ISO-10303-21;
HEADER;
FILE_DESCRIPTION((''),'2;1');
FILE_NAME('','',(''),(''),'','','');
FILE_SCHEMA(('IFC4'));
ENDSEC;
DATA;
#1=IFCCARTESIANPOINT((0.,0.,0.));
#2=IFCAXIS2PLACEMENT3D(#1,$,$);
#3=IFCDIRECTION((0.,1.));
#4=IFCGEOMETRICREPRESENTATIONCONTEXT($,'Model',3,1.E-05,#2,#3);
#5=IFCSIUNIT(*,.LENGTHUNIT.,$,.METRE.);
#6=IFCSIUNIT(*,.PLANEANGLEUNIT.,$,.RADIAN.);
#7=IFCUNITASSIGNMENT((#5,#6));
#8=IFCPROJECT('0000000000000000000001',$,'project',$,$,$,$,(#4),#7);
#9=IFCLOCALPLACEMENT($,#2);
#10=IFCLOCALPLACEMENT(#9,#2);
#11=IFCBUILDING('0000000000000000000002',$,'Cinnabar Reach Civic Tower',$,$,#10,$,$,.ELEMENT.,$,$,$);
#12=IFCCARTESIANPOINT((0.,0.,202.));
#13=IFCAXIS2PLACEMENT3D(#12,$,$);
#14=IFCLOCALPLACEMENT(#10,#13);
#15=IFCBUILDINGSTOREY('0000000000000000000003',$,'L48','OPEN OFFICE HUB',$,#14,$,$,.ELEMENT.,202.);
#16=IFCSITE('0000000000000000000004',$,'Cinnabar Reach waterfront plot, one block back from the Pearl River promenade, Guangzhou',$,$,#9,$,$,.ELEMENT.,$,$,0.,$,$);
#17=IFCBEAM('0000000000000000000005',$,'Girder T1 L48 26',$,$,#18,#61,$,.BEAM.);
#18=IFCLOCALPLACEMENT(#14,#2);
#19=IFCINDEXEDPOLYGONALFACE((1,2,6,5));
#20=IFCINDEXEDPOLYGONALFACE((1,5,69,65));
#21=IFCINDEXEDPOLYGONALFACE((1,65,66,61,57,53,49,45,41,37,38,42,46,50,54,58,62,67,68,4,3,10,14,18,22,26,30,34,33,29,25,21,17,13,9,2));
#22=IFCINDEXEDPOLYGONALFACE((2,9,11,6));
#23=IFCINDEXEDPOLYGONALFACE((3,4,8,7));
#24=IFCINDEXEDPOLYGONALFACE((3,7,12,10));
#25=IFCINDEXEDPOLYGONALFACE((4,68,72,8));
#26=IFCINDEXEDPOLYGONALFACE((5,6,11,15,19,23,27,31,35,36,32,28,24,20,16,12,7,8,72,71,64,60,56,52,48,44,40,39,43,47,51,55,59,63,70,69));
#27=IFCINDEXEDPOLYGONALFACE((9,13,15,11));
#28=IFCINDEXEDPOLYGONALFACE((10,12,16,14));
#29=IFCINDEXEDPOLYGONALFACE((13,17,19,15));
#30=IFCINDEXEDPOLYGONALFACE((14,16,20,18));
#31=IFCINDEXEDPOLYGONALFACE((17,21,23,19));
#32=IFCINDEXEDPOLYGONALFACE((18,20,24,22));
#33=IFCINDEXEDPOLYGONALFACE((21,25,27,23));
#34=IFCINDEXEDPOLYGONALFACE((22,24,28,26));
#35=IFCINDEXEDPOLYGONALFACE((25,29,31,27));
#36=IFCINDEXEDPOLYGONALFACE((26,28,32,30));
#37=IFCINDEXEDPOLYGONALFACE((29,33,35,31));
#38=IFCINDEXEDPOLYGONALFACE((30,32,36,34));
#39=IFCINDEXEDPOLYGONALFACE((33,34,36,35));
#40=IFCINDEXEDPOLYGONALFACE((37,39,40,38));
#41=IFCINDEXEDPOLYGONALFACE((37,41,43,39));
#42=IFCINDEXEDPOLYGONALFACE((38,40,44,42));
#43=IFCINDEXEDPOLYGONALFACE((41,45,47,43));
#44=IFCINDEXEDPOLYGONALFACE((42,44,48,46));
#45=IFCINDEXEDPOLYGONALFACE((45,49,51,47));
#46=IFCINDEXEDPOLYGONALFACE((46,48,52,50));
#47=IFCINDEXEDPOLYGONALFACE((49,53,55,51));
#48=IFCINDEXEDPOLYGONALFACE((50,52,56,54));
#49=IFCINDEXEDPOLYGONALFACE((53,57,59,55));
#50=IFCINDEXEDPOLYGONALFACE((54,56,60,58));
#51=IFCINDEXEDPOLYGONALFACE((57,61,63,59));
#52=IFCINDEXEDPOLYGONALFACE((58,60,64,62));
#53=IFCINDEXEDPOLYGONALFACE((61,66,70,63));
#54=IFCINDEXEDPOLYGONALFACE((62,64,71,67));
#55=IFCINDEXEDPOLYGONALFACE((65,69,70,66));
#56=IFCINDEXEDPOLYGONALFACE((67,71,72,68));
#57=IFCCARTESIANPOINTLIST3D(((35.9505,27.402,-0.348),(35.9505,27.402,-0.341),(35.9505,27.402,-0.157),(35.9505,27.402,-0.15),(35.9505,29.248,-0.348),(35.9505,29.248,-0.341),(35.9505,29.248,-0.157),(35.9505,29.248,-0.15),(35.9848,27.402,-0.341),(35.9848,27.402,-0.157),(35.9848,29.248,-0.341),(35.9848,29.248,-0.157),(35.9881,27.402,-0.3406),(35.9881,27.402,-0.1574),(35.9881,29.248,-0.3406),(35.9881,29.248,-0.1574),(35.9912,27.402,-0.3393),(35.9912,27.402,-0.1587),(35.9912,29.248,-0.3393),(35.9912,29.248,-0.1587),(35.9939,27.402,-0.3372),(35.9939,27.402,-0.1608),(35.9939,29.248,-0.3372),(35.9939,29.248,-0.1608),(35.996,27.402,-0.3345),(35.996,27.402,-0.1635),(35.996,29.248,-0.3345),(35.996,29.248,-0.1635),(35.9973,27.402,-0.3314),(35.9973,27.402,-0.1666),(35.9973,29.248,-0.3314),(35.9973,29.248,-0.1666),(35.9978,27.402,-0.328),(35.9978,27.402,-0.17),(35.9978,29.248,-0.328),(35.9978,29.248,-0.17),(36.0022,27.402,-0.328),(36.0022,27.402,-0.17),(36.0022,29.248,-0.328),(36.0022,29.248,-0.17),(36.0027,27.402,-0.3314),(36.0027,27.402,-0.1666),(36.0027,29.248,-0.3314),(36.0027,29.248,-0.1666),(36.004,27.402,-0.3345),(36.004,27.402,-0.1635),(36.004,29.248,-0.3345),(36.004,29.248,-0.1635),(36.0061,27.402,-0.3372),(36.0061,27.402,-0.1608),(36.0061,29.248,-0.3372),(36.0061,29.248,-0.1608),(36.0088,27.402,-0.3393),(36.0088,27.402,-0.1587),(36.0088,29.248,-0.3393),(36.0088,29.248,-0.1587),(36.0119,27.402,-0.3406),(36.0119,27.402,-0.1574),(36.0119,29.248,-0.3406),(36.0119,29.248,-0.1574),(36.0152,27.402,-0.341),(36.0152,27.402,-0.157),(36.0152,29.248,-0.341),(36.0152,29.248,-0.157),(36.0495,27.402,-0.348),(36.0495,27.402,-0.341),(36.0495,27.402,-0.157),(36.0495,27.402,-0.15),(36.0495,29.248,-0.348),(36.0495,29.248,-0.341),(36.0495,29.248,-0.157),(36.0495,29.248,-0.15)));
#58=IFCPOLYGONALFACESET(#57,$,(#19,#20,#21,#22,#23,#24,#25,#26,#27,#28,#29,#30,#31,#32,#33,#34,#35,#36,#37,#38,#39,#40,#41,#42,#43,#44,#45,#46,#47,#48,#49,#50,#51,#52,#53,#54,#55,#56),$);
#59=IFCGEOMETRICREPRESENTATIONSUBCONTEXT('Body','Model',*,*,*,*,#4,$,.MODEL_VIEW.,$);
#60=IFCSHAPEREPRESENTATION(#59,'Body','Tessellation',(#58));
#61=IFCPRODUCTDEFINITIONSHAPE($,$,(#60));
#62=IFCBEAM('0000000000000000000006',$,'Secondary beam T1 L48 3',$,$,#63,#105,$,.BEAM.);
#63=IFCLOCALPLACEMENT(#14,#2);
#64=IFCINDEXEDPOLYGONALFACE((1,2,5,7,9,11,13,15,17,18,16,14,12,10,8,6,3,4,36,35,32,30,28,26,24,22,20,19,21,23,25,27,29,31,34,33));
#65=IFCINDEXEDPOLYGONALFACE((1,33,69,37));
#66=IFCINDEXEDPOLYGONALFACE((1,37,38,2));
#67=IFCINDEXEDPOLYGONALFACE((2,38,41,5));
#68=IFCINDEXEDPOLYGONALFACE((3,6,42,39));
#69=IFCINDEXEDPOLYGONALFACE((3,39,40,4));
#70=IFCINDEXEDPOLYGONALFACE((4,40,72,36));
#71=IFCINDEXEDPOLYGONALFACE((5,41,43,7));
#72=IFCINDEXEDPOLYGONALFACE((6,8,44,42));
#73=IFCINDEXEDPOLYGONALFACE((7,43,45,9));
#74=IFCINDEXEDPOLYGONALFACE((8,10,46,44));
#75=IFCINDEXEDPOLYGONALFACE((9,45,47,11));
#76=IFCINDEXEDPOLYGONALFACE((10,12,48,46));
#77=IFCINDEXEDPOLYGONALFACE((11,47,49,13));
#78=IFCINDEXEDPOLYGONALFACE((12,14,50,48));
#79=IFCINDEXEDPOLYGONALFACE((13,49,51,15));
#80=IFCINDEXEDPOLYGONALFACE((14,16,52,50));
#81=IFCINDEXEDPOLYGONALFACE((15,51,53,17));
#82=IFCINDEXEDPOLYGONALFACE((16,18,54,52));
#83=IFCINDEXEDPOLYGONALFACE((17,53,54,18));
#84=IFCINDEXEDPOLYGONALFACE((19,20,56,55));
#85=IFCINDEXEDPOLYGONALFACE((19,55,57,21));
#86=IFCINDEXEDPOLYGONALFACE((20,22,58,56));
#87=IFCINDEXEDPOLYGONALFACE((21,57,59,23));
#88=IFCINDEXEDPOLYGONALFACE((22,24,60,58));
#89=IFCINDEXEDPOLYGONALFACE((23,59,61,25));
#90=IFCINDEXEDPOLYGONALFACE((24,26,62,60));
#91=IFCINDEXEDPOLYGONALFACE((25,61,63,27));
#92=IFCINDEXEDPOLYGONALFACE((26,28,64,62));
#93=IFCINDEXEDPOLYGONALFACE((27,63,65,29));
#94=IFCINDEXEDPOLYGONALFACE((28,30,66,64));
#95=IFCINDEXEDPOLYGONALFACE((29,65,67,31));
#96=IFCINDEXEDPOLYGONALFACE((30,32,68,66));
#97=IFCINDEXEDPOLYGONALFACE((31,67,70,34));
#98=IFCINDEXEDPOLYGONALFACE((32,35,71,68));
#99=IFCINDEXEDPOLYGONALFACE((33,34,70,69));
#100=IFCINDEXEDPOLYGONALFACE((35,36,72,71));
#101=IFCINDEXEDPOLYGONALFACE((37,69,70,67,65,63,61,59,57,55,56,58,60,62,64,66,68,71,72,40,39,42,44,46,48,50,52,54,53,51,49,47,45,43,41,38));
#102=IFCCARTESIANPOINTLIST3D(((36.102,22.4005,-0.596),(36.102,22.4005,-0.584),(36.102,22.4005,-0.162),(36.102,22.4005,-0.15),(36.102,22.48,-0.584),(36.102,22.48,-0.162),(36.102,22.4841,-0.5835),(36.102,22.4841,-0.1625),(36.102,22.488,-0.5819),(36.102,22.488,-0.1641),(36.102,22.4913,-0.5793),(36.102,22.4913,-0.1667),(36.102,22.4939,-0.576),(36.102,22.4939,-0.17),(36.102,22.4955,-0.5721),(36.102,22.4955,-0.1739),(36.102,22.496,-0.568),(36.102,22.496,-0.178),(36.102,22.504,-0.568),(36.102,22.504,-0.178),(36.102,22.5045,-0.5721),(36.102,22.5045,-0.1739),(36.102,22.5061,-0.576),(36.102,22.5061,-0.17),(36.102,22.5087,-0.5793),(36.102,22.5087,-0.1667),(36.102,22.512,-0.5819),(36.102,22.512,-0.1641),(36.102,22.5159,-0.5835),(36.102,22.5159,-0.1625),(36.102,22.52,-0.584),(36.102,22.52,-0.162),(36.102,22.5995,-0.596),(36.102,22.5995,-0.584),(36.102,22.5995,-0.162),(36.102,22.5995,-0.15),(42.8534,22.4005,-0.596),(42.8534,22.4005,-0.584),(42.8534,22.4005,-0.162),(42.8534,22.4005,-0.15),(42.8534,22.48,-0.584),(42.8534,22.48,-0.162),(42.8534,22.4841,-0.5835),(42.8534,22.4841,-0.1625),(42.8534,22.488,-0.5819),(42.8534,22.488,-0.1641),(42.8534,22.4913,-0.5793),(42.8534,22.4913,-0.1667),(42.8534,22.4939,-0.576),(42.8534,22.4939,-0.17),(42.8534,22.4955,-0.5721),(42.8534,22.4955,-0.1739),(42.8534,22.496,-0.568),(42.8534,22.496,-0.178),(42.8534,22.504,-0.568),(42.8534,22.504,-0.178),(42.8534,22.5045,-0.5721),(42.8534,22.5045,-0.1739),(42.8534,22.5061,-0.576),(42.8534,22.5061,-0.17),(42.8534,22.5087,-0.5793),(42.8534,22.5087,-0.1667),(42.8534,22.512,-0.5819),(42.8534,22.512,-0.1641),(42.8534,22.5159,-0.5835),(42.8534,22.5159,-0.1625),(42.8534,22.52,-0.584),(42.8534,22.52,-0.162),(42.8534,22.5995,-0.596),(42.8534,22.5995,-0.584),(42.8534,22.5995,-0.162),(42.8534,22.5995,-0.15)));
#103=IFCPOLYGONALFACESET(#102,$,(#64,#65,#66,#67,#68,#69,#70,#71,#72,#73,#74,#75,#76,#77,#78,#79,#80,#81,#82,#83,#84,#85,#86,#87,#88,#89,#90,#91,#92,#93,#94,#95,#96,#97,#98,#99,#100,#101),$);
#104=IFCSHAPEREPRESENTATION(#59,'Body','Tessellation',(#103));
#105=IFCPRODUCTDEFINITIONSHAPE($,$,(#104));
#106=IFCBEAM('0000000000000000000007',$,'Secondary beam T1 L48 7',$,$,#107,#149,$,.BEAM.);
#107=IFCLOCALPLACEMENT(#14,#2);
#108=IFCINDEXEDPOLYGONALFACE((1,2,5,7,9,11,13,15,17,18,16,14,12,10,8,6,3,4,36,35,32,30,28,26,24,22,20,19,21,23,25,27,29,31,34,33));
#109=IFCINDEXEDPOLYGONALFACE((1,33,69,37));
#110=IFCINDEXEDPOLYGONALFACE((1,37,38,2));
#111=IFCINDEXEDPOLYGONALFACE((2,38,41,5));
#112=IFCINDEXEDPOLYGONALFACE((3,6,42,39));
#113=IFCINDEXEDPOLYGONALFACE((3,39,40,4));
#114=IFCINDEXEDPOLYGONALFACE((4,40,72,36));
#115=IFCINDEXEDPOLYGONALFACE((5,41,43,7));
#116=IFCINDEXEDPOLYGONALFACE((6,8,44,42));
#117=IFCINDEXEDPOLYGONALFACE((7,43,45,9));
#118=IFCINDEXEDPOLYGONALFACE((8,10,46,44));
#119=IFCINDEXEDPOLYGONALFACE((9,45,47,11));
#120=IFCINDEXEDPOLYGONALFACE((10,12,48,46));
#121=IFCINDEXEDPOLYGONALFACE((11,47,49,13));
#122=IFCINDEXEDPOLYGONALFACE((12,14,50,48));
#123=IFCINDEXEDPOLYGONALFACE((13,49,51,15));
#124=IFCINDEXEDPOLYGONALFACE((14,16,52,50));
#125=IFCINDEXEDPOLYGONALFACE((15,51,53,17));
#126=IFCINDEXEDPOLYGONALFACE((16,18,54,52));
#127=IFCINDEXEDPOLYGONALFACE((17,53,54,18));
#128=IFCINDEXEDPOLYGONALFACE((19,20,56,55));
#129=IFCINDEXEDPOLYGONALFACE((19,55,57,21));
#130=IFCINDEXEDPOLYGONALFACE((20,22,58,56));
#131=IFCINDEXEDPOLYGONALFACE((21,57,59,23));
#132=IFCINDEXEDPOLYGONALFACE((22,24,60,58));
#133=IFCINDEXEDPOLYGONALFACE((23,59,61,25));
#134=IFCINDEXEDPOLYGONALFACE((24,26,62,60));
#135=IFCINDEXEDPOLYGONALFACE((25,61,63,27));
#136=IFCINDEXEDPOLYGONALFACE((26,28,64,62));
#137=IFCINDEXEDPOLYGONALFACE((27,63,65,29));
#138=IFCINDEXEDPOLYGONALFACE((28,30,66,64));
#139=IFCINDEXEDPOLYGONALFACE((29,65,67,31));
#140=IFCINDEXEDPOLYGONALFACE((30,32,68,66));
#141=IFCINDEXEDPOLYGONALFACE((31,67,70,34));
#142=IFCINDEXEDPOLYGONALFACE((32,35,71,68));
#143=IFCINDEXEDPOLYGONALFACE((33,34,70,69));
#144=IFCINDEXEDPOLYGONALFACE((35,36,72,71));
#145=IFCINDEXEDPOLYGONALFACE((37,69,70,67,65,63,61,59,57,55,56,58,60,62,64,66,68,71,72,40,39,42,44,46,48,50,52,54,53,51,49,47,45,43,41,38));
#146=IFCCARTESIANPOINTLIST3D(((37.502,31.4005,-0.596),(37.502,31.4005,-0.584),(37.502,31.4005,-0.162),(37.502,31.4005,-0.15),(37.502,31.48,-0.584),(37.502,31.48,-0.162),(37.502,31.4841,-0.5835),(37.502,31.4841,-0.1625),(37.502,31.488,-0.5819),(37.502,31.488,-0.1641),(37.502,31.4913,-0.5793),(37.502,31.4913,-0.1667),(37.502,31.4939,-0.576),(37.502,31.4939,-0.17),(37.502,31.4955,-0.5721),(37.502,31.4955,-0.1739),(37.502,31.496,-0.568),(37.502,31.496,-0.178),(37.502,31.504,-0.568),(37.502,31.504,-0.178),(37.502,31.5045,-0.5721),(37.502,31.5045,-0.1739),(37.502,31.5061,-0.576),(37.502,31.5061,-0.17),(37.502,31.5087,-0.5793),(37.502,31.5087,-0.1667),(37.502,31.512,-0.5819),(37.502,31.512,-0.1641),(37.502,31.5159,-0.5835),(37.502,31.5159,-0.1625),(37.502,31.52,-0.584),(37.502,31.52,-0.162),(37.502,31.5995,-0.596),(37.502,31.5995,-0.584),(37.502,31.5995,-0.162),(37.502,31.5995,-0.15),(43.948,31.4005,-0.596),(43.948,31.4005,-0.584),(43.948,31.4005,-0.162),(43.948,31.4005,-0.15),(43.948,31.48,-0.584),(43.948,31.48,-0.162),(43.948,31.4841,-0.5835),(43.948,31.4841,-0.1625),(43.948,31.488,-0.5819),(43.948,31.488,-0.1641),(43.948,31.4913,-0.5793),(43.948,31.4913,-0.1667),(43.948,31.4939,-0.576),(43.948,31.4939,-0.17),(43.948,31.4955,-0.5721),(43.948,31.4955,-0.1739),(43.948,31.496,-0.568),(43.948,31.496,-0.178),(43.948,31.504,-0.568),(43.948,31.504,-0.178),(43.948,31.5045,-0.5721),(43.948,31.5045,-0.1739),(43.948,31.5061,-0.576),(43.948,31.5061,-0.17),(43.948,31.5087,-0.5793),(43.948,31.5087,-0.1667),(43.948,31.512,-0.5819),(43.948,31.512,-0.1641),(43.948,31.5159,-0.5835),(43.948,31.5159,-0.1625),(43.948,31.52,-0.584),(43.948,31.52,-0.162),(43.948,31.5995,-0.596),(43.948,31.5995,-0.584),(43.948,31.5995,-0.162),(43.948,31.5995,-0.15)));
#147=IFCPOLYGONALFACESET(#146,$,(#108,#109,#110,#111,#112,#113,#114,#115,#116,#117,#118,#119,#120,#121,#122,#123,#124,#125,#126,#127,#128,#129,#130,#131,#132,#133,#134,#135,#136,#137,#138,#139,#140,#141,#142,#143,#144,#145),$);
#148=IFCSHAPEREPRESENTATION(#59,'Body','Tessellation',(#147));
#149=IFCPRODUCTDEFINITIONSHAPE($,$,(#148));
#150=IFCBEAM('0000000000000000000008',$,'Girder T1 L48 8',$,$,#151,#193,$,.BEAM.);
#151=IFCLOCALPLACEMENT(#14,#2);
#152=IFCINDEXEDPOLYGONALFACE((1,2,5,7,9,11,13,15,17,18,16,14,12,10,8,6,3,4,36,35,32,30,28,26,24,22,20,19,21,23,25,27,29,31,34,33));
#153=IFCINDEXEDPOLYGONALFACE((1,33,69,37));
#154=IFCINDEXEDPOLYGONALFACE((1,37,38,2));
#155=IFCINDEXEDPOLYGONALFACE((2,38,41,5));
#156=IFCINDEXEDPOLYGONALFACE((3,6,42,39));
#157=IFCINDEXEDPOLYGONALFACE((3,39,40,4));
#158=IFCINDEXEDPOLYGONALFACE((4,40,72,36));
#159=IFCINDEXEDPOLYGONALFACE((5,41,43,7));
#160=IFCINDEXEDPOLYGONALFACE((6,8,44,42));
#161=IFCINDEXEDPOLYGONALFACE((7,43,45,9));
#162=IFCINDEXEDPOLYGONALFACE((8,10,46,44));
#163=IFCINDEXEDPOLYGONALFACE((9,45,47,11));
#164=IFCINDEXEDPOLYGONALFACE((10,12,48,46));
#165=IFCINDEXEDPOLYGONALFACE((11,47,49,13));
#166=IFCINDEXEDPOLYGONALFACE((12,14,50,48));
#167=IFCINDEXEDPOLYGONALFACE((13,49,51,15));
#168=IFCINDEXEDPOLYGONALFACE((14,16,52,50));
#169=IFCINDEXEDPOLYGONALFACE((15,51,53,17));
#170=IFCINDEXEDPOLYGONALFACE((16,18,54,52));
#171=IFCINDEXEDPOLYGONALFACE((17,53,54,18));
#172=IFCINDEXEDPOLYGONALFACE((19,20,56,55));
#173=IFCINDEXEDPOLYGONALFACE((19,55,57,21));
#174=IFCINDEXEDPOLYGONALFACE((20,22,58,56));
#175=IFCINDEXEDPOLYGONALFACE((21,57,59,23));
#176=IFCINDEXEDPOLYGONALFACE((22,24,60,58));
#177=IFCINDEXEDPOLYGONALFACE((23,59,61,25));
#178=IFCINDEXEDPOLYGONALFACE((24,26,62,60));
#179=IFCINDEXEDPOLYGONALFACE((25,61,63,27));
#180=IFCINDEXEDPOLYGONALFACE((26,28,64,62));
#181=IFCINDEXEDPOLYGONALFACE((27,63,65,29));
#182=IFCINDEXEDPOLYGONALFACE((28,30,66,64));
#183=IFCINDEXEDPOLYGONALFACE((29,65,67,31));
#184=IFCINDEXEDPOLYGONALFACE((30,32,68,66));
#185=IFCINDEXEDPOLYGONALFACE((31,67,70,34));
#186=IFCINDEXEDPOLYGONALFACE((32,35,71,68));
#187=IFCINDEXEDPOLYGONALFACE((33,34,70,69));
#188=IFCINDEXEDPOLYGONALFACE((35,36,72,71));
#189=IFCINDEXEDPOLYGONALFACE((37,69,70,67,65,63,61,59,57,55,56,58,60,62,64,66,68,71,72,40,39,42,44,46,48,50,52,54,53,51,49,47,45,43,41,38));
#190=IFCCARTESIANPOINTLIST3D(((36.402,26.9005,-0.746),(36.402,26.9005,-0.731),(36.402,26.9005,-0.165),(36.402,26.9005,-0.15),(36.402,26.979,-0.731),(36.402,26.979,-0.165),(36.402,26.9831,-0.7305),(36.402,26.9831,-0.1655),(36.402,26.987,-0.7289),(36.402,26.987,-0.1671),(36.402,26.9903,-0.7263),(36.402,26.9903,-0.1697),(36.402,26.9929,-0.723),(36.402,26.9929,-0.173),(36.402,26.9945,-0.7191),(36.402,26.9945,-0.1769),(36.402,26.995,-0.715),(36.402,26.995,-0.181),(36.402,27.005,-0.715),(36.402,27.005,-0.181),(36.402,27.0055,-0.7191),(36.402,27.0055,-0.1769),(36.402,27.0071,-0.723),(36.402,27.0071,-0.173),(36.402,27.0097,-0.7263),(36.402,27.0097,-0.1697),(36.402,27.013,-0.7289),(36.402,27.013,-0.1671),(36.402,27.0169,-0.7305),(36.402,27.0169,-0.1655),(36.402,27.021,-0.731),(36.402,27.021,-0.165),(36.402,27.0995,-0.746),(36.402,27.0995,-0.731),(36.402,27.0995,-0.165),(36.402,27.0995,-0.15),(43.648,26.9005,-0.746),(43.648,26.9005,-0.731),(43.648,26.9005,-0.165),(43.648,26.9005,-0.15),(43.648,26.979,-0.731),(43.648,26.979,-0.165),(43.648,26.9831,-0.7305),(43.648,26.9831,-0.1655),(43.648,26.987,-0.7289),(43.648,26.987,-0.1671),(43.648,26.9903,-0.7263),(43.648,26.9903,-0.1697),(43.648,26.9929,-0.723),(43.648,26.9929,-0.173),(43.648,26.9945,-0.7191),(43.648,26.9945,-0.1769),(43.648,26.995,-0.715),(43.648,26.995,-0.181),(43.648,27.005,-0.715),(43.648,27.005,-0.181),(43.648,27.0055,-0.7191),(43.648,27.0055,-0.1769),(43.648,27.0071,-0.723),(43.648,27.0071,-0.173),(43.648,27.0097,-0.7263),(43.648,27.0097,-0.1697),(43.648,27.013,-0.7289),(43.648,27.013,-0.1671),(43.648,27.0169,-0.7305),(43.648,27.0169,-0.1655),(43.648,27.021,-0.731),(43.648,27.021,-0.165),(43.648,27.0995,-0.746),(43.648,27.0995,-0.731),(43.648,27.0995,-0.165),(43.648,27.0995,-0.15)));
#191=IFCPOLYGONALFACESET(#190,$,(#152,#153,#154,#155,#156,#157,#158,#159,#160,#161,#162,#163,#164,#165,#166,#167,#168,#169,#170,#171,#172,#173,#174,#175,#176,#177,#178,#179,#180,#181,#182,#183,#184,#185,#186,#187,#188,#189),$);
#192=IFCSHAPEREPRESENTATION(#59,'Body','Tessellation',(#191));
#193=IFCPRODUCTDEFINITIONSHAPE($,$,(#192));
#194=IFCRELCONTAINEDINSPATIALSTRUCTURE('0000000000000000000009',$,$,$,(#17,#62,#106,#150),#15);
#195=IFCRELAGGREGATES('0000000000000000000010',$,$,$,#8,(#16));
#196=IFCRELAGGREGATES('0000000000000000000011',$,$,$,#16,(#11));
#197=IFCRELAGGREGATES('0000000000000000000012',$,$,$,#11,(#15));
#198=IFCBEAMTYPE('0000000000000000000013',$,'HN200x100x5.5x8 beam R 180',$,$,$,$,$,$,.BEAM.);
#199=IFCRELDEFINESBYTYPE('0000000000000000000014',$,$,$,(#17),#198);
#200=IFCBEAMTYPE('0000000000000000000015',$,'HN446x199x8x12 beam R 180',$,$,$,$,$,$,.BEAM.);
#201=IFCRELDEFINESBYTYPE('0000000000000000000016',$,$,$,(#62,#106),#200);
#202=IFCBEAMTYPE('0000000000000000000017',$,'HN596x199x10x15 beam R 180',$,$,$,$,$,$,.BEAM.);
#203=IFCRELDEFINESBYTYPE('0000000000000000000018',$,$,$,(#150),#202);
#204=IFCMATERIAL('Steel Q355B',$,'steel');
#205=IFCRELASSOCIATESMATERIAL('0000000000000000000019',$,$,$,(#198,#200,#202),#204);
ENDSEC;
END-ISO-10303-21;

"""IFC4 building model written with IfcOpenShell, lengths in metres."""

from ifc_helpers import new_model, si_unit, direction, frame, origin, origin_2d, place, context, subcontext, project, spatial, i_section, extrude, material, material_profile, profile_set, type_object, element, save


model = new_model("IFC4")

# Units and contexts
model_context = context("Model", 3, precision=1e-05, world=origin(), true_north=direction((0.0, 1.0)))
body_context = subcontext(model_context, "Body", "Model", "MODEL_VIEW")
ifc_project = project(units=[si_unit("LENGTHUNIT", "METRE"), si_unit("PLANEANGLEUNIT", "RADIAN")], contexts=[model_context])

# Site, building, storey
site_placement = place(None, origin())
site = spatial("IfcSite", under=ifc_project, at=site_placement, Name="Cinnabar Reach waterfront plot, one block back from the Pearl River promenade, Guangzhou", CompositionType="ELEMENT", RefElevation=0.0)
building_placement = place(site_placement, origin())
building = spatial("IfcBuilding", under=site, at=building_placement, Name="Cinnabar Reach Civic Tower", CompositionType="ELEMENT")
storey_placement = place(building_placement, frame((0.0, 0.0, 202.0)))
storey = spatial("IfcBuildingStorey", under=building, at=storey_placement, Name="L48", Description="OPEN OFFICE HUB", CompositionType="ELEMENT", Elevation=202.0)

# Beams
ifc_material_1 = material(Name="Steel Q355B", Category="steel")
ifc_material_profile_1 = material_profile(ifc_material_1, i_section(OverallWidth=0.099, OverallDepth=0.198, WebThickness=0.0045, FlangeThickness=0.007, FilletRadius=0.013, at=origin_2d()), Name="HN200x100x5.5x8")
ifc_profile_set_1 = profile_set([ifc_material_profile_1], Name="Steel Q355B")
beam_type_1 = type_object("IfcBeamType", Name="HN200x100x5.5x8 beam R 180", PredefinedType="BEAM", material=ifc_profile_set_1)
beam_1_placement = place(storey_placement, frame((36.0, 27.402, -0.249), z_axis=(0.0, 1.0, 0.0), x_axis=(-1.0, 0.0, 0.0)))
element("IfcBeam", 1, at=beam_1_placement, inside=storey, type_object=beam_type_1, Name="Girder T1 L48 26", PredefinedType="BEAM", context=body_context, shape_type="SweptSolid", body=[
    extrude(i_section(OverallWidth=0.099, OverallDepth=0.198, WebThickness=0.0045, FlangeThickness=0.007, FilletRadius=0.013, at=origin_2d()), origin(), (0.0, 0.0, 1.0), 1.846),
])
ifc_material_profile_2 = material_profile(ifc_material_1, i_section(OverallWidth=0.199, OverallDepth=0.446, WebThickness=0.008, FlangeThickness=0.012, FilletRadius=0.016, at=origin_2d()), Name="HN446x199x8x12")
ifc_profile_set_2 = profile_set([ifc_material_profile_2], Name="Steel Q355B")
beam_type_2 = type_object("IfcBeamType", Name="HN446x199x8x12 beam R 180", PredefinedType="BEAM", material=ifc_profile_set_2)
beam_2_placement = place(storey_placement, frame((36.102, 22.5, -0.373), z_axis=(1.0, 0.0, 0.0), x_axis=(0.0, 1.0, 0.0)))
element("IfcBeam", 2, at=beam_2_placement, inside=storey, type_object=beam_type_2, Name="Secondary beam T1 L48 3", PredefinedType="BEAM", context=body_context, shape_type="SweptSolid", body=[
    extrude(i_section(OverallWidth=0.199, OverallDepth=0.446, WebThickness=0.008, FlangeThickness=0.012, FilletRadius=0.016, at=origin_2d()), origin(), (0.0, 0.0, 1.0), 6.7514),
])
beam_3_placement = place(storey_placement, frame((37.502, 31.5, -0.373), z_axis=(1.0, 0.0, 0.0), x_axis=(0.0, 1.0, 0.0)))
element("IfcBeam", 3, at=beam_3_placement, inside=storey, type_object=beam_type_2, Name="Secondary beam T1 L48 7", PredefinedType="BEAM", context=body_context, shape_type="SweptSolid", body=[
    extrude(i_section(OverallWidth=0.199, OverallDepth=0.446, WebThickness=0.008, FlangeThickness=0.012, FilletRadius=0.016, at=origin_2d()), origin(), (0.0, 0.0, 1.0), 6.446),
])
ifc_material_profile_3 = material_profile(ifc_material_1, i_section(OverallWidth=0.199, OverallDepth=0.596, WebThickness=0.01, FlangeThickness=0.015, FilletRadius=0.016, at=origin_2d()), Name="HN596x199x10x15")
ifc_profile_set_3 = profile_set([ifc_material_profile_3], Name="Steel Q355B")
beam_type_3 = type_object("IfcBeamType", Name="HN596x199x10x15 beam R 180", PredefinedType="BEAM", material=ifc_profile_set_3)
beam_4_placement = place(storey_placement, frame((36.402, 27.0, -0.448), z_axis=(1.0, 0.0, 0.0), x_axis=(0.0, 1.0, 0.0)))
element("IfcBeam", 4, at=beam_4_placement, inside=storey, type_object=beam_type_3, Name="Girder T1 L48 8", PredefinedType="BEAM", context=body_context, shape_type="SweptSolid", body=[
    extrude(i_section(OverallWidth=0.199, OverallDepth=0.596, WebThickness=0.01, FlangeThickness=0.015, FilletRadius=0.016, at=origin_2d()), origin(), (0.0, 0.0, 1.0), 7.246),
])

save(model, "model.ifc")
